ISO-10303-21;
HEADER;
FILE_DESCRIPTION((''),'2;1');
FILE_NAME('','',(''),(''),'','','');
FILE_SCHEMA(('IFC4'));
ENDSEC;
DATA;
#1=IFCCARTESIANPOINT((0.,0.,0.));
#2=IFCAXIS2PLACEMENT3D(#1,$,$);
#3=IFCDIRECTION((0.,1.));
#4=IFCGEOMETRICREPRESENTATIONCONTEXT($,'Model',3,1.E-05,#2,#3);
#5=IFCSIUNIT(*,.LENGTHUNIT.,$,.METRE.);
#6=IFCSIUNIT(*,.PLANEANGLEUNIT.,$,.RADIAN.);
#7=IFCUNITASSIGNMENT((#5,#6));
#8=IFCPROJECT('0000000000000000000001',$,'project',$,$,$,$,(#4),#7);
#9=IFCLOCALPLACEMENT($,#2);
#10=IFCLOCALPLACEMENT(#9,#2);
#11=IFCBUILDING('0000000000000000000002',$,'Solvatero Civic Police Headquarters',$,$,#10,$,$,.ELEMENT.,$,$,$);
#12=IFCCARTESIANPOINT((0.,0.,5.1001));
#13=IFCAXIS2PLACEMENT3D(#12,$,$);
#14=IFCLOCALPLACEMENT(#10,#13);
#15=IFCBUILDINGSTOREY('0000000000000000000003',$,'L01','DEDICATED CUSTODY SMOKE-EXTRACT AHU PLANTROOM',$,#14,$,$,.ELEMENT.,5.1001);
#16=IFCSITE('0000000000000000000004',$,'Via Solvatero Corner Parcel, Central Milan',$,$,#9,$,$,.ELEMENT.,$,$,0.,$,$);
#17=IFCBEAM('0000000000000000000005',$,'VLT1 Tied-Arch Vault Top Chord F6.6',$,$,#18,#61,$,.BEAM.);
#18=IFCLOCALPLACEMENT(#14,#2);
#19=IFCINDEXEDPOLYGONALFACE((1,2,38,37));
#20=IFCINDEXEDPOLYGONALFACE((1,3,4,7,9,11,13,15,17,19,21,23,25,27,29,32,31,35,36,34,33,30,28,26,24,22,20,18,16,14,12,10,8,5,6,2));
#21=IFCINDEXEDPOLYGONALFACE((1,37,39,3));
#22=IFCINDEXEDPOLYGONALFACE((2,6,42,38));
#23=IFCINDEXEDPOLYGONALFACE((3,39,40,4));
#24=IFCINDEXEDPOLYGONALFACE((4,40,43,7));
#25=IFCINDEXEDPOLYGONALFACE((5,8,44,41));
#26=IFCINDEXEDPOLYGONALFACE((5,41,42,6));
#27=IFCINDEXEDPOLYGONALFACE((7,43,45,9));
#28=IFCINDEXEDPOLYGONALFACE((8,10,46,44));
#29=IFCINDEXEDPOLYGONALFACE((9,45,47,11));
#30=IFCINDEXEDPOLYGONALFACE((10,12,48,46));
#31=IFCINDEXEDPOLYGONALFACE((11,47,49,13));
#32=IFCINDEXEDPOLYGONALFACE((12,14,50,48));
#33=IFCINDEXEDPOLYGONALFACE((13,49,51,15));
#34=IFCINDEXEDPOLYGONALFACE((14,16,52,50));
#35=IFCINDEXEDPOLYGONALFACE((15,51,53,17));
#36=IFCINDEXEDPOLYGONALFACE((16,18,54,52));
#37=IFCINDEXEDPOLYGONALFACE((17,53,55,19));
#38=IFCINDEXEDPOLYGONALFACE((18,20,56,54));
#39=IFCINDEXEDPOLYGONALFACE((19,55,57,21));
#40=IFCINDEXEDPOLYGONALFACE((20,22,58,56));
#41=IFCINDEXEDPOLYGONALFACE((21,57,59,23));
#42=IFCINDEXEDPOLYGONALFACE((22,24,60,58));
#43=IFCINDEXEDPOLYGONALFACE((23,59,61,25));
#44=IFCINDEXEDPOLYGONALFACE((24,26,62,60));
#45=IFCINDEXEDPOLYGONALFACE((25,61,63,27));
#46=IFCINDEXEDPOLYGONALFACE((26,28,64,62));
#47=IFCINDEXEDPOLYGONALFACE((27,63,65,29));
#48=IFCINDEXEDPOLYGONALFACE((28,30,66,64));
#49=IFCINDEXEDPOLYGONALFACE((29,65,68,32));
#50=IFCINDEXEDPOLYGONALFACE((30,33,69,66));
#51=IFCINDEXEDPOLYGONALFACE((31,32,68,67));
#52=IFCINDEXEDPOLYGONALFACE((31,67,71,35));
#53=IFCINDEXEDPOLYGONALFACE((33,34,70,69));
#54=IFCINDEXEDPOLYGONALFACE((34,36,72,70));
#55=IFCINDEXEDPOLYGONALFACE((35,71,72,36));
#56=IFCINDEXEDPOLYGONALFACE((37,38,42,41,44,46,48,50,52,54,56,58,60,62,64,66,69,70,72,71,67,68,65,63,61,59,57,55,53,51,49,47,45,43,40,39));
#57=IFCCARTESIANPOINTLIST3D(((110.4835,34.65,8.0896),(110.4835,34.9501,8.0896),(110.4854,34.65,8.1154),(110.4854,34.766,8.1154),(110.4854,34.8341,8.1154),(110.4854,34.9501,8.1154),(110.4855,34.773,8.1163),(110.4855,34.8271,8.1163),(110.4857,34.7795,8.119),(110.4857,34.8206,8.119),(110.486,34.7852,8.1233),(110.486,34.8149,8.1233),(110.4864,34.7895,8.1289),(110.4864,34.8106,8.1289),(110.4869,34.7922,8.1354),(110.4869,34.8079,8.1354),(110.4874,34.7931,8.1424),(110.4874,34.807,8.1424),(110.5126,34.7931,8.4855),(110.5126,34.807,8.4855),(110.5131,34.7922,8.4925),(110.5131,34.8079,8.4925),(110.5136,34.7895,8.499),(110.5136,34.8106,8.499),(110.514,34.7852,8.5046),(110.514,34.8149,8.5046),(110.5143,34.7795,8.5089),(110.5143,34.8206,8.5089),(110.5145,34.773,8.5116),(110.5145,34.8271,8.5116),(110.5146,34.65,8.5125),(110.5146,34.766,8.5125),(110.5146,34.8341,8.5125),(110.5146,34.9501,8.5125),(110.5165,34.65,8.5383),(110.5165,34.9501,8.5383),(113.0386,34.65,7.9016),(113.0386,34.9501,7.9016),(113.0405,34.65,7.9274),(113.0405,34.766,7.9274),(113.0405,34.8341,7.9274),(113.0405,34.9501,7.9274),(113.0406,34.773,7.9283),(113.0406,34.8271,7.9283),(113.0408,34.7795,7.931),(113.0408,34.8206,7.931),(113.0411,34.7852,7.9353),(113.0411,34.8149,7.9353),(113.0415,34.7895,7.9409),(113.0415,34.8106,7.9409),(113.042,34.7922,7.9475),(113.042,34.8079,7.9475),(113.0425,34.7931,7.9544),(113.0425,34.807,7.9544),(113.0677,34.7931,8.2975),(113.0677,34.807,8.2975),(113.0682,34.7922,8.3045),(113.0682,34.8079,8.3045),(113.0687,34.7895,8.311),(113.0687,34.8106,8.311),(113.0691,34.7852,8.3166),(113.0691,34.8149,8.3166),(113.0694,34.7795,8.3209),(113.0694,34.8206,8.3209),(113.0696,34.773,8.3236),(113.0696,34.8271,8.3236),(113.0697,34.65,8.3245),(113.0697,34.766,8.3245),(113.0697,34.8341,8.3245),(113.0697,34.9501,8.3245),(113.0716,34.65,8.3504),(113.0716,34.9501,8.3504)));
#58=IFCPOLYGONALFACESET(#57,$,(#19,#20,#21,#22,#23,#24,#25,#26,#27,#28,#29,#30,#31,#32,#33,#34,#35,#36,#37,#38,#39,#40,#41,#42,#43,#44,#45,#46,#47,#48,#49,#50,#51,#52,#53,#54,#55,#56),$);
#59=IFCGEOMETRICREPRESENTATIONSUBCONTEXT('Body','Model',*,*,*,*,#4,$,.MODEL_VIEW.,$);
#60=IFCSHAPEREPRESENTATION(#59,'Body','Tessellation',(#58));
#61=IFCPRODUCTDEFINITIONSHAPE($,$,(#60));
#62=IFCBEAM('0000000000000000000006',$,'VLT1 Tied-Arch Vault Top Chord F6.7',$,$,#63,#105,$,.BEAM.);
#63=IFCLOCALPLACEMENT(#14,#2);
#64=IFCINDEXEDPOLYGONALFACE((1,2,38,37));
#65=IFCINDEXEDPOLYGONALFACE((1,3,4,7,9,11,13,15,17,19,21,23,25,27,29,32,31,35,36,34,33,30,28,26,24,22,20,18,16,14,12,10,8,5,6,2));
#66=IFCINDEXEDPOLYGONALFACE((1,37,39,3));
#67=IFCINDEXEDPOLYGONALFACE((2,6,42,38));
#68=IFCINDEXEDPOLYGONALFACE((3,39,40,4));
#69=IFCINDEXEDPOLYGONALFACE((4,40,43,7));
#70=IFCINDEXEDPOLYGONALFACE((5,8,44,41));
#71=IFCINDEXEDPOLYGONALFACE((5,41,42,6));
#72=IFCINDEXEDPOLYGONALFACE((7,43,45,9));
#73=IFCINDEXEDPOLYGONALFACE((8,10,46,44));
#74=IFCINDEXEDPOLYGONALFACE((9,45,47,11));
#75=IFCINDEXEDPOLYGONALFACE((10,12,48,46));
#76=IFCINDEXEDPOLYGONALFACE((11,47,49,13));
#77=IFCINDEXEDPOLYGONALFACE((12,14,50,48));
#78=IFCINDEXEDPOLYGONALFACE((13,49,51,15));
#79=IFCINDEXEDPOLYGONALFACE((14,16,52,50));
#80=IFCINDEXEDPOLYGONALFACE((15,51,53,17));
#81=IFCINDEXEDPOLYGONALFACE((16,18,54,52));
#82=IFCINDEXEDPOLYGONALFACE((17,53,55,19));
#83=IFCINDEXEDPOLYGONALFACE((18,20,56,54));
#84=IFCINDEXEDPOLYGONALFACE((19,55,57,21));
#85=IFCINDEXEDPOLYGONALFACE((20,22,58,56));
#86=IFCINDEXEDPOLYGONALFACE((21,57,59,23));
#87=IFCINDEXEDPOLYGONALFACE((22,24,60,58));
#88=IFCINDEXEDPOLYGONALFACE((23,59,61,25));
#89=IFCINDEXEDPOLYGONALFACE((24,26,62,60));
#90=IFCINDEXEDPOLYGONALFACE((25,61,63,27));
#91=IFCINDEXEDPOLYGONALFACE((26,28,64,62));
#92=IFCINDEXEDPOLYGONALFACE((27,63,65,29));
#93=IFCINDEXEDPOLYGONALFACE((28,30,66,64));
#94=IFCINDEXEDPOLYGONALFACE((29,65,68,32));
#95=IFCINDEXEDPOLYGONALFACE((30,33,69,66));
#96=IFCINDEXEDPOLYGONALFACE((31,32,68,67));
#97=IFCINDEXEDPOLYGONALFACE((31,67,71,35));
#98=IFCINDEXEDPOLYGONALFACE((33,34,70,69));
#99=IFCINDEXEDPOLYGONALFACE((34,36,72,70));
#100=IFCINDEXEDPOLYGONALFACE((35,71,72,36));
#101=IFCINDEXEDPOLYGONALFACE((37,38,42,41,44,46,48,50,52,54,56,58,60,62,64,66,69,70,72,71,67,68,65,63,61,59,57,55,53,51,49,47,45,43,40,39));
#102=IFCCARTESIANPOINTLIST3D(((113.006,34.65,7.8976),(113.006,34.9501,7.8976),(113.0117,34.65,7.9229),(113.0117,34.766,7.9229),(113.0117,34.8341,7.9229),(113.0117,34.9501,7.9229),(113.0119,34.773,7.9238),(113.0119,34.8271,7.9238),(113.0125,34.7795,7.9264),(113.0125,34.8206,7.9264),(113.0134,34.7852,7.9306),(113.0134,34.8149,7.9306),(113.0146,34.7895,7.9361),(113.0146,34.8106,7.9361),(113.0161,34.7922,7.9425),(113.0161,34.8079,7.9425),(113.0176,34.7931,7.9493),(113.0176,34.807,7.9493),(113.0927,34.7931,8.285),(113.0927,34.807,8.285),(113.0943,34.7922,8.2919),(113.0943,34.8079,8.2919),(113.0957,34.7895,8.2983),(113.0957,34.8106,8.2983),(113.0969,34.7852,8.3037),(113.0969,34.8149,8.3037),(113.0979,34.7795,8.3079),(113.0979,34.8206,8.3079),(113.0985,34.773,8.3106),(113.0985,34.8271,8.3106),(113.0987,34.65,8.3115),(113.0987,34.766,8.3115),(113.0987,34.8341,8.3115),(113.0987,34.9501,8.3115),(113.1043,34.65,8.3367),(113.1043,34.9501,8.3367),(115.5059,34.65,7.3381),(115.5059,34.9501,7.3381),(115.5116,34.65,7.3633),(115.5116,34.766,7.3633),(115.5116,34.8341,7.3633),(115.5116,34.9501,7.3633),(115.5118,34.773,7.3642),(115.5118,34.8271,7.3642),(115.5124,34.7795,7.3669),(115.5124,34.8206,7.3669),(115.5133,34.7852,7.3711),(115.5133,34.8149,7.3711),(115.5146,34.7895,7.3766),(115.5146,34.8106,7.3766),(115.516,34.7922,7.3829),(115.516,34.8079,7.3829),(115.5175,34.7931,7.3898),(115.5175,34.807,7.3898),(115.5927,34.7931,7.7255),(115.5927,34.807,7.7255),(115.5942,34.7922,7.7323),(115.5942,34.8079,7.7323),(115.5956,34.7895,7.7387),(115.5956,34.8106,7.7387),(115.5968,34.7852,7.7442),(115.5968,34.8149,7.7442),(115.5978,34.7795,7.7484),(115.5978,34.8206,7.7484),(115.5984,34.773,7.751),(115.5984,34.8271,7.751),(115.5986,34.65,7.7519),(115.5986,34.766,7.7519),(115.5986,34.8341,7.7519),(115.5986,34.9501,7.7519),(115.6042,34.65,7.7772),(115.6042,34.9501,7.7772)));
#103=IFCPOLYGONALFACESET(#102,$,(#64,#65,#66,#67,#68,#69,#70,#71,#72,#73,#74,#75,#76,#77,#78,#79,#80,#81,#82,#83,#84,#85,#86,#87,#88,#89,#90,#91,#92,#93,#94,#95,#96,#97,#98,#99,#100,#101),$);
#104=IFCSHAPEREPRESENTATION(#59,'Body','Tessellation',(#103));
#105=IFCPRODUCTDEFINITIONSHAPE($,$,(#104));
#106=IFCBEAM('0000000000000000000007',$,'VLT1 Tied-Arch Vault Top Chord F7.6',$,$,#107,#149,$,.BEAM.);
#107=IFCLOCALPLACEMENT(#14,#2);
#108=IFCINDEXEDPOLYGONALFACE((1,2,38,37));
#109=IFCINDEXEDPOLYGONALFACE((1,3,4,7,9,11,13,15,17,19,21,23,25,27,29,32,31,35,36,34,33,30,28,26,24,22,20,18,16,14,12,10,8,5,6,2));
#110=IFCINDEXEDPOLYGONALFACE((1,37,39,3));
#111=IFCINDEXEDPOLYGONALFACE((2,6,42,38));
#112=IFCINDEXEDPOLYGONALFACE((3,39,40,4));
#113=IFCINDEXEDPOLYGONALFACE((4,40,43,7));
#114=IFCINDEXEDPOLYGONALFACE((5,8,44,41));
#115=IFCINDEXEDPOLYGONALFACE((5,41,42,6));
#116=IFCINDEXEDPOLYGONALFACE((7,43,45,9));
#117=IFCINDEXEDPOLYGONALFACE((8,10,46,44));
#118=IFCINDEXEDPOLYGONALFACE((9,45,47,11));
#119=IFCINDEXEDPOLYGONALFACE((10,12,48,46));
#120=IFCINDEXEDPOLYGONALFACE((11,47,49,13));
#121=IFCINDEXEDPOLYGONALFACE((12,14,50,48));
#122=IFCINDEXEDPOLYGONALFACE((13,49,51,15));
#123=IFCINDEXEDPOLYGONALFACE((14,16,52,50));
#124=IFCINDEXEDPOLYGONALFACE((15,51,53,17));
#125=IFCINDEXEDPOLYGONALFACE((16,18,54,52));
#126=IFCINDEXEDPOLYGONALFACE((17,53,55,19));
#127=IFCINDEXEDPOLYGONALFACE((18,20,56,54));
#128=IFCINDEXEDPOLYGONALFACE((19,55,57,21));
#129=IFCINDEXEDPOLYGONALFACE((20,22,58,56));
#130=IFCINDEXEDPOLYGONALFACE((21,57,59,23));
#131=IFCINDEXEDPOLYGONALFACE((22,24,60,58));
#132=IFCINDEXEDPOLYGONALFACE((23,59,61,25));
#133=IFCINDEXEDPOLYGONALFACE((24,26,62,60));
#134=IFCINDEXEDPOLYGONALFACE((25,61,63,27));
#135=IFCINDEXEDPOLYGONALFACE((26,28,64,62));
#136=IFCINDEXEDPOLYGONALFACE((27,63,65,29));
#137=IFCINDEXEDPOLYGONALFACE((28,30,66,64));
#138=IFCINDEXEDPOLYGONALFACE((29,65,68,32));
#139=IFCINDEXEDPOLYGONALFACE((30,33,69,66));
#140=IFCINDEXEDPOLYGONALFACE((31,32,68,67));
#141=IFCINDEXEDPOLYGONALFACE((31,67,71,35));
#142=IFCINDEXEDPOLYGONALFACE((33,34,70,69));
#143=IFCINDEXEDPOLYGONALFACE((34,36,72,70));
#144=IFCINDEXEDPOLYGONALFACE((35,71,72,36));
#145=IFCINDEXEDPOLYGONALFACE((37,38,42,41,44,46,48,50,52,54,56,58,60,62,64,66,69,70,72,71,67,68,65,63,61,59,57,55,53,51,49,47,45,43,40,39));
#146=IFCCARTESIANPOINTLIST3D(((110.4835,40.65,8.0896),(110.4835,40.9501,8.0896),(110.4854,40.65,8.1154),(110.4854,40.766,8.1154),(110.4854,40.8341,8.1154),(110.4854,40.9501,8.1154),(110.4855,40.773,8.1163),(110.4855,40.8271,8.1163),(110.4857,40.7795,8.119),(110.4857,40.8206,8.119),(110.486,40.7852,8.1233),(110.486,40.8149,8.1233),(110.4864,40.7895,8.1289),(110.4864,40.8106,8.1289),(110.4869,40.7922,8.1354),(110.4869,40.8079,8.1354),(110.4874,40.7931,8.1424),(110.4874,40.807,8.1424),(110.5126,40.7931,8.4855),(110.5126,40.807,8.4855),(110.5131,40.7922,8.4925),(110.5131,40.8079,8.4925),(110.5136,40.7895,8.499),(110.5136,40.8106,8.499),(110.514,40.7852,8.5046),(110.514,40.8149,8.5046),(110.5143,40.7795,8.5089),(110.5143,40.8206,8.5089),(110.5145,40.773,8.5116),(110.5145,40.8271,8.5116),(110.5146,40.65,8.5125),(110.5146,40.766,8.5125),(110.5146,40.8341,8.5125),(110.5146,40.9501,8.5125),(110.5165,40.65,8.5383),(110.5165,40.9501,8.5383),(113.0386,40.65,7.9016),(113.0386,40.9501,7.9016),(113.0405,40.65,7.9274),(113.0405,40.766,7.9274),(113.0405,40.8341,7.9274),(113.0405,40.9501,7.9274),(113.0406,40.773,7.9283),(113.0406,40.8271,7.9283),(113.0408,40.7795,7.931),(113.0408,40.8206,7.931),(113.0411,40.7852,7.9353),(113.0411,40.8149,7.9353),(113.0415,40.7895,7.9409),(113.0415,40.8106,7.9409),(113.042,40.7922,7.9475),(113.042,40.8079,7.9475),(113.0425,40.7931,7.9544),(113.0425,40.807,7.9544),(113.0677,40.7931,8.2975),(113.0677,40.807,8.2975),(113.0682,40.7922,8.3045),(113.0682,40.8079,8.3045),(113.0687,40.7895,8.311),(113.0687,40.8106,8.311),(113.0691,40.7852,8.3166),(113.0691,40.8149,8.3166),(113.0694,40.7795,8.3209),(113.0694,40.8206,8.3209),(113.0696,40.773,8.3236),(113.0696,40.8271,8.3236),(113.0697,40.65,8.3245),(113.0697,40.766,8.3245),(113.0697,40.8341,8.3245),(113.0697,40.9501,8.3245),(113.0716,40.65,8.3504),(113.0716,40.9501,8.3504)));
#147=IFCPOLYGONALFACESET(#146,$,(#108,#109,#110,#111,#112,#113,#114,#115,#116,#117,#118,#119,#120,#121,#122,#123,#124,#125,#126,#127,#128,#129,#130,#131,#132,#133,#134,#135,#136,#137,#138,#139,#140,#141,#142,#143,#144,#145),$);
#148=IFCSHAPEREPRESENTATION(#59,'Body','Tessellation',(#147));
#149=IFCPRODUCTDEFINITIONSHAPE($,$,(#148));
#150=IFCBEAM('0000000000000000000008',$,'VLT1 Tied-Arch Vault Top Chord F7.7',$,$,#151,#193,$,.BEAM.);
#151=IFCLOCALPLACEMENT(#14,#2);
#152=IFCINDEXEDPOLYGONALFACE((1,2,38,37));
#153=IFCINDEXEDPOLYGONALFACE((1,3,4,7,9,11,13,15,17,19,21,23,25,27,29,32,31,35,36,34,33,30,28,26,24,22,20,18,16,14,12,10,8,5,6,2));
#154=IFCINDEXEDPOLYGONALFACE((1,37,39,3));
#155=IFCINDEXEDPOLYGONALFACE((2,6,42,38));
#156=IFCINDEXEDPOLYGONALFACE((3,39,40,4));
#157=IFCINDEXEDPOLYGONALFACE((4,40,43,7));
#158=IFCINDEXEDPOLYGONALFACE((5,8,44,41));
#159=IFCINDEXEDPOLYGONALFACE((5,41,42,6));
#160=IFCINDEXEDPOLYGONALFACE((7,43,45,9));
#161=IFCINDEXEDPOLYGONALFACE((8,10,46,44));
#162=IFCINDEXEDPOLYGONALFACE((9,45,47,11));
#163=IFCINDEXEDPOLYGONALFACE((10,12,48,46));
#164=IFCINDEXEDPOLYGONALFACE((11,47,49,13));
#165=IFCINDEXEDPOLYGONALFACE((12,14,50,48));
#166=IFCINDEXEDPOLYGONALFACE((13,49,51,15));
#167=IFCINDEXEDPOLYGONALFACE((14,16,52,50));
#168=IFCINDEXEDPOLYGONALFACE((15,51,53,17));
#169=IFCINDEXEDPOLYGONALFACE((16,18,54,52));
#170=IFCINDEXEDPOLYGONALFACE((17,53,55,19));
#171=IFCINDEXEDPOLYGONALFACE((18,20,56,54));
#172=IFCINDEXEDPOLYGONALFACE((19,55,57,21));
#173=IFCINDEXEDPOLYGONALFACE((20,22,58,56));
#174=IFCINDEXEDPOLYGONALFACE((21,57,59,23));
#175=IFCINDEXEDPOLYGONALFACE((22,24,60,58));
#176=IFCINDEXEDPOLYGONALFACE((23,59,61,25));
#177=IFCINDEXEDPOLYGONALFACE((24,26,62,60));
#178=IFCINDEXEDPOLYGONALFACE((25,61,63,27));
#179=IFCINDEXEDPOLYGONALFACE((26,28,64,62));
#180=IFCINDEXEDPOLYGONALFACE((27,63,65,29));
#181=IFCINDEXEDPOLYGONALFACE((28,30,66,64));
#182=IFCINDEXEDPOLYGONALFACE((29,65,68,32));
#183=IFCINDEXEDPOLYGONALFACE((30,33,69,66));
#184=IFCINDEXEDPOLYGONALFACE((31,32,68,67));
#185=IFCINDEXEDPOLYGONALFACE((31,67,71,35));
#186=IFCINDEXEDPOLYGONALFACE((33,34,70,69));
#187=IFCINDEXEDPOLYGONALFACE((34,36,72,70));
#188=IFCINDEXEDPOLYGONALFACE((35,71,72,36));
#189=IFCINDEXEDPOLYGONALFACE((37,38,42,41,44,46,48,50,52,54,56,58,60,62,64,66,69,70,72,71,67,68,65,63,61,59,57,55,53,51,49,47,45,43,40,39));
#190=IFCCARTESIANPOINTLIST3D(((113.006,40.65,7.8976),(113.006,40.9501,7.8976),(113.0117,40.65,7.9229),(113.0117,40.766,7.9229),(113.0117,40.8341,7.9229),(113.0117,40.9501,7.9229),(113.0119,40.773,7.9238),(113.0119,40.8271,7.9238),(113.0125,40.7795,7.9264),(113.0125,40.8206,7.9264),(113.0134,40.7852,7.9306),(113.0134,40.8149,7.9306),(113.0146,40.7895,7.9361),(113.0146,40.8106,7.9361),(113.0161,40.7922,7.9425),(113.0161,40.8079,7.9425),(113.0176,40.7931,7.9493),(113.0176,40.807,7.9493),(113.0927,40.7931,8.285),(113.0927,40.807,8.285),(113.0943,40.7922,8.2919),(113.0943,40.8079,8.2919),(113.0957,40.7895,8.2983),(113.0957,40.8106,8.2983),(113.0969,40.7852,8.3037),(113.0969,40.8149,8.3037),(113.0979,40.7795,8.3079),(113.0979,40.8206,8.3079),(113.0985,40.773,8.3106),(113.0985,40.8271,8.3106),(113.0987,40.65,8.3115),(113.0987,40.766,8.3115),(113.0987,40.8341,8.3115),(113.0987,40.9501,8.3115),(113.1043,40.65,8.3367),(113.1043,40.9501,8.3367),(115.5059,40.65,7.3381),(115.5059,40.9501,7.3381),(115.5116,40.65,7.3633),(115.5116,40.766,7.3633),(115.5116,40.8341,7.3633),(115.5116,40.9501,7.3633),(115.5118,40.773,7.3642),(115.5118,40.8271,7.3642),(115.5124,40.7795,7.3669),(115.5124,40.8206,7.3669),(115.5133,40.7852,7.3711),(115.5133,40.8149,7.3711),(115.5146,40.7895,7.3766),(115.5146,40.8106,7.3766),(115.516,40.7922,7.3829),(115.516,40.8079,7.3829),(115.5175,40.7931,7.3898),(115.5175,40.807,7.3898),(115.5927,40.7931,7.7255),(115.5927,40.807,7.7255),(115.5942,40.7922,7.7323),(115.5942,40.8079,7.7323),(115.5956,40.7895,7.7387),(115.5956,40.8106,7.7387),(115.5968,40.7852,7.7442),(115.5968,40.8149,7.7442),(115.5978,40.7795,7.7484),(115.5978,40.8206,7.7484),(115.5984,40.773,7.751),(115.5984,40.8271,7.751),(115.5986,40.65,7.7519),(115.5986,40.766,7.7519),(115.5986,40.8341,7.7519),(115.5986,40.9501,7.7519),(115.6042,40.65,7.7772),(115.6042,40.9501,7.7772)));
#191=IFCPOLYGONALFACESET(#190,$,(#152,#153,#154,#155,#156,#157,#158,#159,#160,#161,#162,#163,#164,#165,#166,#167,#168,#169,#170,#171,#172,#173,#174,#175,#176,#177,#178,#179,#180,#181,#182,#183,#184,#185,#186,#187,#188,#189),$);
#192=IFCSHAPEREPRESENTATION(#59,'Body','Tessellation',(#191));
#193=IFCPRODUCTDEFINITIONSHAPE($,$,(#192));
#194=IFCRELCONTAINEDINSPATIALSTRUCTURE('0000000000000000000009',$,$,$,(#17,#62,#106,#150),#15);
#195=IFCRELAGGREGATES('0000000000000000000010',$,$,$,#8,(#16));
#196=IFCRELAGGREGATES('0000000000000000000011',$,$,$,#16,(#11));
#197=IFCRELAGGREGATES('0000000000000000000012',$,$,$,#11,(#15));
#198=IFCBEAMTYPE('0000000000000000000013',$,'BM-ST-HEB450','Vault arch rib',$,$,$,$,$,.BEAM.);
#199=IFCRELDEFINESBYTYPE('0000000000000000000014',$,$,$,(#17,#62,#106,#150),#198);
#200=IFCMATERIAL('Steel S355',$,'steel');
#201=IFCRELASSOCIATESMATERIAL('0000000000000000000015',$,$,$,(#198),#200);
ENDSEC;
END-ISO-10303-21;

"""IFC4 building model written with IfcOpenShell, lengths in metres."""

from ifc_helpers import new_model, si_unit, direction, frame, origin, origin_2d, place, context, subcontext, project, spatial, i_section, extrude, material, material_profile, profile_set, type_object, element, save


model = new_model("IFC4")

# Units and contexts
model_context = context("Model", 3, precision=1e-05, world=origin(), true_north=direction((0.0, 1.0)))
body_context = subcontext(model_context, "Body", "Model", "MODEL_VIEW")
ifc_project = project(units=[si_unit("LENGTHUNIT", "METRE"), si_unit("PLANEANGLEUNIT", "RADIAN")], contexts=[model_context])

# Site, building, storey
site_placement = place(None, origin())
site = spatial("IfcSite", under=ifc_project, at=site_placement, Name="Via Solvatero Corner Parcel, Central Milan", CompositionType="ELEMENT", RefElevation=0.0)
building_placement = place(site_placement, origin())
building = spatial("IfcBuilding", under=site, at=building_placement, Name="Solvatero Civic Police Headquarters", CompositionType="ELEMENT")
storey_placement = place(building_placement, frame((0.0, 0.0, 5.1001)))
storey = spatial("IfcBuildingStorey", under=building, at=storey_placement, Name="L01", Description="DEDICATED CUSTODY SMOKE-EXTRACT AHU PLANTROOM", CompositionType="ELEMENT", Elevation=5.1001)

# Beams
ifc_material = material(Name="Steel S355", Category="steel")
ifc_material_profile_1 = material_profile(ifc_material, i_section(OverallWidth=0.3, OverallDepth=0.45, WebThickness=0.0139, FlangeThickness=0.0259, FilletRadius=0.0271, at=origin_2d()), Name="HEB 450")
ifc_profile_set_1 = profile_set([ifc_material_profile_1], Name="Steel S355")
beam_type_1 = type_object("IfcBeamType", Name="BM-ST-HEB450", Description="Vault arch rib", PredefinedType="BEAM", material=ifc_profile_set_1)
beam_1_placement = place(storey_placement, frame((110.5, 34.8, 8.314), z_axis=(0.997305, 0.0, -0.073373), x_axis=(0.0, 1.0, 0.0)))
element("IfcBeam", 1, at=beam_1_placement, inside=storey, type_object=beam_type_1, Name="VLT1 Tied-Arch Vault Top Chord F6.6", PredefinedType="BEAM", context=body_context, shape_type="SweptSolid", body=[
    extrude(i_section(OverallWidth=0.3, OverallDepth=0.45, WebThickness=0.0139, FlangeThickness=0.0259, FilletRadius=0.0271, at=origin_2d()), origin(), (0.0, 0.0, 1.0), 2.562),
])
beam_2_placement = place(storey_placement, frame((113.0552, 34.8, 8.1172), z_axis=(0.975854, 0.0, -0.218424), x_axis=(0.0, 1.0, 0.0)))
element("IfcBeam", 2, at=beam_2_placement, inside=storey, type_object=beam_type_1, Name="VLT1 Tied-Arch Vault Top Chord F6.7", PredefinedType="BEAM", context=body_context, shape_type="SweptSolid", body=[
    extrude(i_section(OverallWidth=0.3, OverallDepth=0.45, WebThickness=0.0139, FlangeThickness=0.0259, FilletRadius=0.0271, at=origin_2d()), origin(), (0.0, 0.0, 1.0), 2.5618),
])
beam_3_placement = place(storey_placement, frame((110.5, 40.8, 8.314), z_axis=(0.997305, 0.0, -0.073373), x_axis=(0.0, 1.0, 0.0)))
element("IfcBeam", 3, at=beam_3_placement, inside=storey, type_object=beam_type_1, Name="VLT1 Tied-Arch Vault Top Chord F7.6", PredefinedType="BEAM", context=body_context, shape_type="SweptSolid", body=[
    extrude(i_section(OverallWidth=0.3, OverallDepth=0.45, WebThickness=0.0139, FlangeThickness=0.0259, FilletRadius=0.0271, at=origin_2d()), origin(), (0.0, 0.0, 1.0), 2.562),
])
beam_4_placement = place(storey_placement, frame((113.0552, 40.8, 8.1172), z_axis=(0.975854, 0.0, -0.218424), x_axis=(0.0, 1.0, 0.0)))
element("IfcBeam", 4, at=beam_4_placement, inside=storey, type_object=beam_type_1, Name="VLT1 Tied-Arch Vault Top Chord F7.7", PredefinedType="BEAM", context=body_context, shape_type="SweptSolid", body=[
    extrude(i_section(OverallWidth=0.3, OverallDepth=0.45, WebThickness=0.0139, FlangeThickness=0.0259, FilletRadius=0.0271, at=origin_2d()), origin(), (0.0, 0.0, 1.0), 2.5618),
])

save(model, "model.ifc")
